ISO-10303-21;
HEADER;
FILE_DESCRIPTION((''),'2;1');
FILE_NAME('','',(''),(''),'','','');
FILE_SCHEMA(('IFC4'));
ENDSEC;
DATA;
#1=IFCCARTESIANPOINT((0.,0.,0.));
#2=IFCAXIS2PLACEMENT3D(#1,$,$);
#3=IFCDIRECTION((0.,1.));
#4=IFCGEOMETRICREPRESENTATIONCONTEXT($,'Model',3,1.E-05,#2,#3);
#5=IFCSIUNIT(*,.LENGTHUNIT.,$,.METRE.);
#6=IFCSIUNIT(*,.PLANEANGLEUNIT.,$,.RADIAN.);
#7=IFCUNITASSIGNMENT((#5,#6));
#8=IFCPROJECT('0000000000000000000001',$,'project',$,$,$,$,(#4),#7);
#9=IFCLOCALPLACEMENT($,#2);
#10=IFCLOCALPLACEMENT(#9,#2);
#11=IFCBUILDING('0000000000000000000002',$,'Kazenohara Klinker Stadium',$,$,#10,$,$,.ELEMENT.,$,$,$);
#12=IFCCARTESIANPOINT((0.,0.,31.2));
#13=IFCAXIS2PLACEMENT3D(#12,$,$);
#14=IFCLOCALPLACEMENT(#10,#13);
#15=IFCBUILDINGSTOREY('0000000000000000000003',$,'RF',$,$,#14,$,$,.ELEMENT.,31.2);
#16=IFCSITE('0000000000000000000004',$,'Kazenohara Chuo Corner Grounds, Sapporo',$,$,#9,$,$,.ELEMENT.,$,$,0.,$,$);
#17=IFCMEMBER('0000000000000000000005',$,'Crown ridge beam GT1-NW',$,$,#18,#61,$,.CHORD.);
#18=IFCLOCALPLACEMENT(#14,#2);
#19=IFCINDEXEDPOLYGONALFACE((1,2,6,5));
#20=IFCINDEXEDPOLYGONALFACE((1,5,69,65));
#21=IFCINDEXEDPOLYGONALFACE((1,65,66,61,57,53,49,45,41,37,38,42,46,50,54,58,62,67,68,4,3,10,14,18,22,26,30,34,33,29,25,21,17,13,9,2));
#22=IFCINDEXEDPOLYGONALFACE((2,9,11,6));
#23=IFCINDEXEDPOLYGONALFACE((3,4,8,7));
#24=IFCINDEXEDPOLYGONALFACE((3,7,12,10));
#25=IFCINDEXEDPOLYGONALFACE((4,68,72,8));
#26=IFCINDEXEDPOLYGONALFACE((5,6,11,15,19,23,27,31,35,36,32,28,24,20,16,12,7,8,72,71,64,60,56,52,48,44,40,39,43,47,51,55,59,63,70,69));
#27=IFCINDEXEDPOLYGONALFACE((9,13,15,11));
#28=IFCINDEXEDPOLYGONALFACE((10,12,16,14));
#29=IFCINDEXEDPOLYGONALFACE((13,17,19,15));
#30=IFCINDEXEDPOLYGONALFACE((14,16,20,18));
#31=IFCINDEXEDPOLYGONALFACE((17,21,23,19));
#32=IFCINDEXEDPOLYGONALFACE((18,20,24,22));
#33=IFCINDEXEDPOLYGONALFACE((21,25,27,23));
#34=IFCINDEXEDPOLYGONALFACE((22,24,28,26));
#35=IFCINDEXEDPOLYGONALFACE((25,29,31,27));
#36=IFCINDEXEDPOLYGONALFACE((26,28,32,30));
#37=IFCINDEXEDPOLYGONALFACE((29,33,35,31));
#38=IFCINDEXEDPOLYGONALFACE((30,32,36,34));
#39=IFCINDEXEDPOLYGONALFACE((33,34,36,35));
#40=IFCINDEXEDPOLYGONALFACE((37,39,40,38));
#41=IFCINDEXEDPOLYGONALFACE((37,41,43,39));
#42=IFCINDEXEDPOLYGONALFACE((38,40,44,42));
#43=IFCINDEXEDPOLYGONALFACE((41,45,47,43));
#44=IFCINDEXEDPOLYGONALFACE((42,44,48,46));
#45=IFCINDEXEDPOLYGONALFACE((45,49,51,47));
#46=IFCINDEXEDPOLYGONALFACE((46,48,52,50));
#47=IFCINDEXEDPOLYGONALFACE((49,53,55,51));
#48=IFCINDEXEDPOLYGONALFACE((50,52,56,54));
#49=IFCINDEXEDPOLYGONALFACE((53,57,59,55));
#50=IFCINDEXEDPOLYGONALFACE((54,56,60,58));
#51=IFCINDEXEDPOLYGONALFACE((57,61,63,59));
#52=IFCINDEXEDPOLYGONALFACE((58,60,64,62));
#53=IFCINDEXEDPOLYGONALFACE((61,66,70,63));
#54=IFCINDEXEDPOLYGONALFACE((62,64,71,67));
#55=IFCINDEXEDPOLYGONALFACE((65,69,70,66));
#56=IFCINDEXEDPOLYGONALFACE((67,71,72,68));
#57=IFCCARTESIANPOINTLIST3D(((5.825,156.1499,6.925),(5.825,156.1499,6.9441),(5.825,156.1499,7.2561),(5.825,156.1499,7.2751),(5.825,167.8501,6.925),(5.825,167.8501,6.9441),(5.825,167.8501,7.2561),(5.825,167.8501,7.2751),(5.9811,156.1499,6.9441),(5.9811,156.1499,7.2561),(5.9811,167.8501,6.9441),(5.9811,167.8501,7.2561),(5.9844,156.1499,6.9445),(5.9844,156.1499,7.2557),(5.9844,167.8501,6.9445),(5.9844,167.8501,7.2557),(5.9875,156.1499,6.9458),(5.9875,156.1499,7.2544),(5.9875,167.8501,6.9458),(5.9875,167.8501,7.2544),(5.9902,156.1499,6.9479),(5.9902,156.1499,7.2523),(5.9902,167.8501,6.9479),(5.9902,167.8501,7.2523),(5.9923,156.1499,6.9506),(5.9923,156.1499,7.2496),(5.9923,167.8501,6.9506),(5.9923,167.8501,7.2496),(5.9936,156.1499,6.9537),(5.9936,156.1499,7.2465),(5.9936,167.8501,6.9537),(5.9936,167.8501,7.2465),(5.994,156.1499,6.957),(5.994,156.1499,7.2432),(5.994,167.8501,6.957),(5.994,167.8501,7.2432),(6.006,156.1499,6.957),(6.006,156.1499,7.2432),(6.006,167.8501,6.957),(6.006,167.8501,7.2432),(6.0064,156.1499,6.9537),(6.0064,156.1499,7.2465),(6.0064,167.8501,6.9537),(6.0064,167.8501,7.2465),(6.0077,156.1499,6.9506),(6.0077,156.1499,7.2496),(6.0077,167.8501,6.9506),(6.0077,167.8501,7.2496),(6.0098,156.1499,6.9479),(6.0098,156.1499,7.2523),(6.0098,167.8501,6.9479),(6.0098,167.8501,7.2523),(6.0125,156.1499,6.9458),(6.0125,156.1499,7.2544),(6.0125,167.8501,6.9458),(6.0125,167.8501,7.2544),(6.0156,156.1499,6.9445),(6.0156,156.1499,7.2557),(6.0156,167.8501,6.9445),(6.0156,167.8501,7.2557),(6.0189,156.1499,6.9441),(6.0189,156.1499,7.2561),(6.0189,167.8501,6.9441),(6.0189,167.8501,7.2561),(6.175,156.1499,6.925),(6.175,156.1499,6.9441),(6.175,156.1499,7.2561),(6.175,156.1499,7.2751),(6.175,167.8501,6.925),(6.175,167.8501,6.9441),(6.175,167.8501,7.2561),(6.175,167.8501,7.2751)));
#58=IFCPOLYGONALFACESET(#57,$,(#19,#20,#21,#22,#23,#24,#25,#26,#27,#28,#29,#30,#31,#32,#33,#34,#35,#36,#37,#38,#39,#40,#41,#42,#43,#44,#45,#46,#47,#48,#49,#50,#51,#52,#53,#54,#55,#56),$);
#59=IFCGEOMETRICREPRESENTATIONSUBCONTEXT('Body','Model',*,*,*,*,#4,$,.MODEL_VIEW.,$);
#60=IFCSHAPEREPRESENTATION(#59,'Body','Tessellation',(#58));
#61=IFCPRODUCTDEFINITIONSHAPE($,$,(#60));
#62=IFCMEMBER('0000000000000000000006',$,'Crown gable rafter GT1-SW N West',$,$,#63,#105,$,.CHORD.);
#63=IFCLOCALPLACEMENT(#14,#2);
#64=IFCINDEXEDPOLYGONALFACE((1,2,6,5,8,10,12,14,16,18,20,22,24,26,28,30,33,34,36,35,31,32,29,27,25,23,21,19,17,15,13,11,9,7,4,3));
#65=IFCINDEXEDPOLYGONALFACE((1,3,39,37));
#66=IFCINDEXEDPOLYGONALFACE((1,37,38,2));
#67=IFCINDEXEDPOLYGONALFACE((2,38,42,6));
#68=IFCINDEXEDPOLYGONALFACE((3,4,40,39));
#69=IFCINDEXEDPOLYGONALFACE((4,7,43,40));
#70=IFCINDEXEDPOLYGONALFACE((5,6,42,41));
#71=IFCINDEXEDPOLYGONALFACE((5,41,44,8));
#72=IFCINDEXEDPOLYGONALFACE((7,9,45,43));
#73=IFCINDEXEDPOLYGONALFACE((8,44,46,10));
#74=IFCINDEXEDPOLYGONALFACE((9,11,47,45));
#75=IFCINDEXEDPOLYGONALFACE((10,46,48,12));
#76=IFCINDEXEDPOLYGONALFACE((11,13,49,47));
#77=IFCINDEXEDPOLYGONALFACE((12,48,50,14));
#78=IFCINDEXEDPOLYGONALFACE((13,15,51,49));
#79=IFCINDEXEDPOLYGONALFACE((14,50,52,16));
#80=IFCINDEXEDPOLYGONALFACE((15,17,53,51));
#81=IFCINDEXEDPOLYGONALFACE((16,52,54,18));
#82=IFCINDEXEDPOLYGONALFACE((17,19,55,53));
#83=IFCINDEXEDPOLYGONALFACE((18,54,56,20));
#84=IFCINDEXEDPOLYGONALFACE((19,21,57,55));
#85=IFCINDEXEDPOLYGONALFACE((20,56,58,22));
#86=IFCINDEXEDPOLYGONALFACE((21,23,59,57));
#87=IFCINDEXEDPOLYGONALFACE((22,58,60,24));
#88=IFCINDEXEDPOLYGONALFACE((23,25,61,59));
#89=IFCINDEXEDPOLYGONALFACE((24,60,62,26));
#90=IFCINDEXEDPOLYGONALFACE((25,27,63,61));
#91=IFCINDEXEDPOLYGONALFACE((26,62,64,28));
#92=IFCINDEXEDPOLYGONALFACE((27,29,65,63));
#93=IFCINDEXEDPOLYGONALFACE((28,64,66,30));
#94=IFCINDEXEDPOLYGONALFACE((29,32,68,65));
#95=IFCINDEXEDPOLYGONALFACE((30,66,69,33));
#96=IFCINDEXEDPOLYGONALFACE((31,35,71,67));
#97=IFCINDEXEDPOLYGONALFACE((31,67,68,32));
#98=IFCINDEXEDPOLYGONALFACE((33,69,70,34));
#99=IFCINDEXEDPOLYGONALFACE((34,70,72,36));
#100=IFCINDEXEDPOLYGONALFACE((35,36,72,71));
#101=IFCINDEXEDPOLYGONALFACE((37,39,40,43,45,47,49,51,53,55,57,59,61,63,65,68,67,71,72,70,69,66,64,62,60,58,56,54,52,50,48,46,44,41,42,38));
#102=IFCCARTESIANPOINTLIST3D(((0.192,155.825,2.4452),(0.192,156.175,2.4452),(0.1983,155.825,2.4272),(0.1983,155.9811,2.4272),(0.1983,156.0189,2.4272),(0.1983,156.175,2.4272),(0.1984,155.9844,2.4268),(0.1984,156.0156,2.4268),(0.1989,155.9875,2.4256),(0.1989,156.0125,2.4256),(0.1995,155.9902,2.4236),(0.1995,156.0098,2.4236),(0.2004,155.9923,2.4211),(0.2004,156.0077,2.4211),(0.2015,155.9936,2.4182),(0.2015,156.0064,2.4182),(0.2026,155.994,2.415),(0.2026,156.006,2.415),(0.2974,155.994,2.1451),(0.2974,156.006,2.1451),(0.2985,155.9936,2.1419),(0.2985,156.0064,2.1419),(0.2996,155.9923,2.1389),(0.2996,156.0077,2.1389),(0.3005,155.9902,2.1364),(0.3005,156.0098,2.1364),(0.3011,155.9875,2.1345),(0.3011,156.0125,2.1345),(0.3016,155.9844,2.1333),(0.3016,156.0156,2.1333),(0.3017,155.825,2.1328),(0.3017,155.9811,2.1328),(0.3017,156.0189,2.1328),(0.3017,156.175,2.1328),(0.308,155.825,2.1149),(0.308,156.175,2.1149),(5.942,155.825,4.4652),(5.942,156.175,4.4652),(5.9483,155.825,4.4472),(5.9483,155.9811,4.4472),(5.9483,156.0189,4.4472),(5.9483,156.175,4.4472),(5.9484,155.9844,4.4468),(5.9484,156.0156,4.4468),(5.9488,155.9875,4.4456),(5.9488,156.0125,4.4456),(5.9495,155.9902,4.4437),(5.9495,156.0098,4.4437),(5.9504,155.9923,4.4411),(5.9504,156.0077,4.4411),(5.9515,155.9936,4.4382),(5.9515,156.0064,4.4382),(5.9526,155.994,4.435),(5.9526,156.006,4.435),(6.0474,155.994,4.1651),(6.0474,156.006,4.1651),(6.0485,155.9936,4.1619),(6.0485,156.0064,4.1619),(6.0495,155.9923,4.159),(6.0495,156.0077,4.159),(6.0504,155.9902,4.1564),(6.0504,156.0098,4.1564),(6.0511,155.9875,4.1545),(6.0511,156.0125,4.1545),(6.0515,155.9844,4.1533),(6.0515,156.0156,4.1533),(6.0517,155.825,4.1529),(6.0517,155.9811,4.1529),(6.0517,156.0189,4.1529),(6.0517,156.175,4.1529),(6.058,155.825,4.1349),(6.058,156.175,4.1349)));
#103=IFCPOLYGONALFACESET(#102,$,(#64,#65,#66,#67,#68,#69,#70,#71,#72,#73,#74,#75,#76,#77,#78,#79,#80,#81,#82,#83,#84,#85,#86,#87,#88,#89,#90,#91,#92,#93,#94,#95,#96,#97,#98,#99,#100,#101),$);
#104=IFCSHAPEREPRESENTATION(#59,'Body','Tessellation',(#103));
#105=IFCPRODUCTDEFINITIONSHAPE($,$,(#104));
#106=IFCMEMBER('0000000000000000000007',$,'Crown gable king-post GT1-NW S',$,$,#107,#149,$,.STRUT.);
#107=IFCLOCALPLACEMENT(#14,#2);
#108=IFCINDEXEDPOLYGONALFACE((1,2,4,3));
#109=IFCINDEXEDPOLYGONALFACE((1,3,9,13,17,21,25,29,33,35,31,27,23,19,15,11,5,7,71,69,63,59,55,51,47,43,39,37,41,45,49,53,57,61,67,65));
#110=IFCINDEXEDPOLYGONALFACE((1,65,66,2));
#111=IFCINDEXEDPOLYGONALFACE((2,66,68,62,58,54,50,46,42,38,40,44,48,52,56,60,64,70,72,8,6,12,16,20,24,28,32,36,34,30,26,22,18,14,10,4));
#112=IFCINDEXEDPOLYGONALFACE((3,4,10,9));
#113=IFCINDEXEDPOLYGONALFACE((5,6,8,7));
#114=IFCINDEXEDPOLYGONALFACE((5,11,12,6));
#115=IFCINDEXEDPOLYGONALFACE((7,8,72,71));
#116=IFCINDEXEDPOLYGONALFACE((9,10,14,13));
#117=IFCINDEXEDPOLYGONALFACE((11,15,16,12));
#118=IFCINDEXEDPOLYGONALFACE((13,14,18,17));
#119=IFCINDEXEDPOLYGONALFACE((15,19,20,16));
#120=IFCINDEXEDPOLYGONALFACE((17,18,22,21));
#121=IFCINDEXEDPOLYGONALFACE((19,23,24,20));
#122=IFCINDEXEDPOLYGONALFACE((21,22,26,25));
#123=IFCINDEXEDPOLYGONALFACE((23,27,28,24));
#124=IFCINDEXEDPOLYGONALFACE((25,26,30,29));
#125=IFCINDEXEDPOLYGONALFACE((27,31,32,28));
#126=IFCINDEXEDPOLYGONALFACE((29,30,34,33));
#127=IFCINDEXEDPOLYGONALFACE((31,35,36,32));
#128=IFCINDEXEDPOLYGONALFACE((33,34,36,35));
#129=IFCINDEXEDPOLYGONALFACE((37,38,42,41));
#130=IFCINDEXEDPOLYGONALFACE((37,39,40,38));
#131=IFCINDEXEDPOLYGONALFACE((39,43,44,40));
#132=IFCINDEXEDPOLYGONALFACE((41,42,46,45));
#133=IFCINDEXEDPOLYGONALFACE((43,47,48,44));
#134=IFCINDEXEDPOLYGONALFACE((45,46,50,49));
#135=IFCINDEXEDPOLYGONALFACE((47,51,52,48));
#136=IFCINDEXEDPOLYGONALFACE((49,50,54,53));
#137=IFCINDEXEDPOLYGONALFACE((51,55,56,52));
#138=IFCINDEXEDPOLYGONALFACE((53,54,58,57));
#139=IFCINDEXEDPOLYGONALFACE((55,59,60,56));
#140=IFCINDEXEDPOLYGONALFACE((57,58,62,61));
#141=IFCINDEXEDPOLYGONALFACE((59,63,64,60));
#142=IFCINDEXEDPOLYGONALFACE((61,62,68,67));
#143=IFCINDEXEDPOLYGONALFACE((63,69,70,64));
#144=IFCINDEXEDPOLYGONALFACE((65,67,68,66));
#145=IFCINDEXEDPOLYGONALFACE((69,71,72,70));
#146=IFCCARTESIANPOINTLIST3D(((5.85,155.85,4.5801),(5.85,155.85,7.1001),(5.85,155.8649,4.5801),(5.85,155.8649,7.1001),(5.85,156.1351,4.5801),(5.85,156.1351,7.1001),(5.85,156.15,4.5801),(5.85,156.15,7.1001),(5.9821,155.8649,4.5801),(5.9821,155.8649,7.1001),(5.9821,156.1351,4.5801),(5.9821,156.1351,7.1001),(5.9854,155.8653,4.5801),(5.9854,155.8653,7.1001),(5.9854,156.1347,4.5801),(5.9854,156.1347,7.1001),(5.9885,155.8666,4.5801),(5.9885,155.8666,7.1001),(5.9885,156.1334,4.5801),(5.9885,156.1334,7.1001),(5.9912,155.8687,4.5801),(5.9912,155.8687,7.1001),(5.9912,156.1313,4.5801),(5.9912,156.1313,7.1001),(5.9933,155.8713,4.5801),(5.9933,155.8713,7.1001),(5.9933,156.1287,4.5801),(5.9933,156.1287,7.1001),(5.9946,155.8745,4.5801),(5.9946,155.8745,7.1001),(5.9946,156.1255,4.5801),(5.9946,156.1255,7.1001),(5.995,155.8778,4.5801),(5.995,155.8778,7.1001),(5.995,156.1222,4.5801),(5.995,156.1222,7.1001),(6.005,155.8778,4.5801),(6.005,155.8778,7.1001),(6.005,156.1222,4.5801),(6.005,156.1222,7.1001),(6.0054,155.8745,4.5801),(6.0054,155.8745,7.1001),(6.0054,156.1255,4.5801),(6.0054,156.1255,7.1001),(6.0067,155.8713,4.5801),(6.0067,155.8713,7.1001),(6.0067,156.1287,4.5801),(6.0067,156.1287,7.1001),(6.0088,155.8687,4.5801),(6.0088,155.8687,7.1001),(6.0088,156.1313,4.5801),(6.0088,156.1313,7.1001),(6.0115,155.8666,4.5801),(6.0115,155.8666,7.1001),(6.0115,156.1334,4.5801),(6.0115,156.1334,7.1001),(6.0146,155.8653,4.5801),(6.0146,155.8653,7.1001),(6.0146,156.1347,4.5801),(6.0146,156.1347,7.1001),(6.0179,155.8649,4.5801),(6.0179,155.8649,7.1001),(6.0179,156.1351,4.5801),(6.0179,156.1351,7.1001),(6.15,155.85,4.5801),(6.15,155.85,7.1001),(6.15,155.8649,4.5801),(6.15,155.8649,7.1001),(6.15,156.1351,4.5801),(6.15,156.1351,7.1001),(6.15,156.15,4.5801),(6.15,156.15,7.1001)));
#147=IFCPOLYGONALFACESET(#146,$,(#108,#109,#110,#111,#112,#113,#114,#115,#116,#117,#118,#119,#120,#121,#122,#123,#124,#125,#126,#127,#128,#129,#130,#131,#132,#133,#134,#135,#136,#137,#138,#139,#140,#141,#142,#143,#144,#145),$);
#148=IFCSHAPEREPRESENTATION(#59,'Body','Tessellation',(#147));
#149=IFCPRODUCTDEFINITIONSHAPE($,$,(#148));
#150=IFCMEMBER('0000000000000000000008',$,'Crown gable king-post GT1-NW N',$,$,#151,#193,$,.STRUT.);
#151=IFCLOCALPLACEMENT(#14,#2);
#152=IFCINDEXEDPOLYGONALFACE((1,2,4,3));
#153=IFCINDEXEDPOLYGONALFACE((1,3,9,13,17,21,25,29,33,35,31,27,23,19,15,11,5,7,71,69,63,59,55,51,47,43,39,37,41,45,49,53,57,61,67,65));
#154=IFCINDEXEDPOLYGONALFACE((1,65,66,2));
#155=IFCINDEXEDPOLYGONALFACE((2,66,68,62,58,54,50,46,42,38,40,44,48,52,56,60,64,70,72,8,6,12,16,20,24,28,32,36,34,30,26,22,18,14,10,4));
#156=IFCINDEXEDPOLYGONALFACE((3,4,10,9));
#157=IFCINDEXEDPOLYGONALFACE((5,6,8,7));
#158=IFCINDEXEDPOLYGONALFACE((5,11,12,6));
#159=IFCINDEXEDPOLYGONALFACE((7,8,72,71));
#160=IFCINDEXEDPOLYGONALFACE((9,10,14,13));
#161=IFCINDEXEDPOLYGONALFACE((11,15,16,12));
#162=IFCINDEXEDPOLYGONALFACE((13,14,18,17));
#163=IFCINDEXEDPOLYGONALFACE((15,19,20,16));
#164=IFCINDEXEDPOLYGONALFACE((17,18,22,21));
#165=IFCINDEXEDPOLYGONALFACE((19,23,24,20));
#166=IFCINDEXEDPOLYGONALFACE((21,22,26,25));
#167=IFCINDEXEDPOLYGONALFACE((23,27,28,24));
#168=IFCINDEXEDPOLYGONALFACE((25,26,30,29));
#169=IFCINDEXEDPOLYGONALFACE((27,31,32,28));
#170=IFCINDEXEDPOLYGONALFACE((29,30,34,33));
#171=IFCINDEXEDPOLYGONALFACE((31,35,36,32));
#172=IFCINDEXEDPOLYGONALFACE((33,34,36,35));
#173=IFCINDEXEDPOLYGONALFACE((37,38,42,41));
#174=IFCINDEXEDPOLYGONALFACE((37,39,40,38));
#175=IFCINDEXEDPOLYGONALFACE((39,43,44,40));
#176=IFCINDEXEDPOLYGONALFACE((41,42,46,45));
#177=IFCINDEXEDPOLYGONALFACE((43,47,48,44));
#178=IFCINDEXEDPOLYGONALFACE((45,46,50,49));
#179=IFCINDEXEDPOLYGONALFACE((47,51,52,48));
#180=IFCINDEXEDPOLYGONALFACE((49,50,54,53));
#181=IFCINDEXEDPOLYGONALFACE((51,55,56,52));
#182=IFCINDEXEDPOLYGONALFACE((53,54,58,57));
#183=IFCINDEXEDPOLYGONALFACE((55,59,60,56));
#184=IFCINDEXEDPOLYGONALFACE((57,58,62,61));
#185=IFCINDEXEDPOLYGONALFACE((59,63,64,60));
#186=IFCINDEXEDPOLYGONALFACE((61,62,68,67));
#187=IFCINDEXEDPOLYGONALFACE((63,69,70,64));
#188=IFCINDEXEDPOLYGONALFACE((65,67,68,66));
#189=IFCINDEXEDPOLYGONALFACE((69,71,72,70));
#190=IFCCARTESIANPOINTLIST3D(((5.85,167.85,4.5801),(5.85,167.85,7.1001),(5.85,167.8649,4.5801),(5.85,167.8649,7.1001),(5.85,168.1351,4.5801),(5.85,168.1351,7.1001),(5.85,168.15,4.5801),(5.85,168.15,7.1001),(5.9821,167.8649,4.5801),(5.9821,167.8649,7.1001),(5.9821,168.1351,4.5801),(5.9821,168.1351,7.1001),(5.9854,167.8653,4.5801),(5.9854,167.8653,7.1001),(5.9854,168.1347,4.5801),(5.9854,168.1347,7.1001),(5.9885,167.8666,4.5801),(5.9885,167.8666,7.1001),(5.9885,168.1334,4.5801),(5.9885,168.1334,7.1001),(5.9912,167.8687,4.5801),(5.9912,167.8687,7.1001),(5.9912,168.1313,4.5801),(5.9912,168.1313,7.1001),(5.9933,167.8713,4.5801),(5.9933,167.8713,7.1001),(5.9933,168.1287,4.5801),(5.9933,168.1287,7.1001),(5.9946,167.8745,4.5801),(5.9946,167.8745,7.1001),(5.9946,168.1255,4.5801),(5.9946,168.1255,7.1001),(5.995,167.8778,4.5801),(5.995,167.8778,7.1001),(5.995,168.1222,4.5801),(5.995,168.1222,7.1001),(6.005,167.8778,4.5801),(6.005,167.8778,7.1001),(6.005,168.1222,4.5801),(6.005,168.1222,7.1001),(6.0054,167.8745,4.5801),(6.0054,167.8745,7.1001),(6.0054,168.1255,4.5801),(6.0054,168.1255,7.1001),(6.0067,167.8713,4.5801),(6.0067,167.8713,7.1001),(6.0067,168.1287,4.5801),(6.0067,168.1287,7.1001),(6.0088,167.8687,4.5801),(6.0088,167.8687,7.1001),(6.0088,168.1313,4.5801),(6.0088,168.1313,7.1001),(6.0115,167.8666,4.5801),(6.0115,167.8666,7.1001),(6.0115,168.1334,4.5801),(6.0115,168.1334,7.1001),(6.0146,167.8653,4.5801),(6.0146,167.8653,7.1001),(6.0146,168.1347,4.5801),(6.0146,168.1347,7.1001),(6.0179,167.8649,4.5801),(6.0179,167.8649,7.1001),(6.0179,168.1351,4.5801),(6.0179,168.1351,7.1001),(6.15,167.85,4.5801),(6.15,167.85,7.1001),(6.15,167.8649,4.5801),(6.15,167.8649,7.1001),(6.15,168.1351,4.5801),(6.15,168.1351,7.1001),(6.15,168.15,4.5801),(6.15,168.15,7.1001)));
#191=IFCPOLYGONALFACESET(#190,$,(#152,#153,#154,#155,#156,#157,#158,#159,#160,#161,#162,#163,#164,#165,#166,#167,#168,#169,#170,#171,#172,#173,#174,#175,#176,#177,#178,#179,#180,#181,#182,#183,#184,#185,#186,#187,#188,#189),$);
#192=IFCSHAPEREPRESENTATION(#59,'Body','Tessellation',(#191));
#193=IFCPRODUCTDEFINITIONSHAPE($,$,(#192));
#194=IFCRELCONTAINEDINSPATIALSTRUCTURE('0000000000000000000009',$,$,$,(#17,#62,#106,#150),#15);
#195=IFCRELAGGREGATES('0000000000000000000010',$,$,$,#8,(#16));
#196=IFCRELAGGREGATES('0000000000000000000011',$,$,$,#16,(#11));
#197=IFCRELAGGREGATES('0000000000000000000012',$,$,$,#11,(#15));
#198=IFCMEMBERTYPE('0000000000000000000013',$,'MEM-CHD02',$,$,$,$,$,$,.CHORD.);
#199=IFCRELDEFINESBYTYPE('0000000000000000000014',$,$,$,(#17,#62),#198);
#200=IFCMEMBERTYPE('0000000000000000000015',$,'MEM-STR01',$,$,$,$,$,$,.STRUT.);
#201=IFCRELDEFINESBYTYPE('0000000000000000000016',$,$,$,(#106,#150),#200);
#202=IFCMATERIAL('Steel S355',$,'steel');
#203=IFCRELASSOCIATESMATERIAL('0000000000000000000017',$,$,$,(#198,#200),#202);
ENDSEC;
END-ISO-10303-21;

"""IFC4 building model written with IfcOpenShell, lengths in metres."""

from ifc_helpers import new_model, si_unit, direction, frame, origin, origin_2d, place, context, subcontext, project, spatial, i_section, extrude, material, material_profile, profile_set, type_object, element, save


model = new_model("IFC4")

# Units and contexts
model_context = context("Model", 3, precision=1e-05, world=origin(), true_north=direction((0.0, 1.0)))
body_context = subcontext(model_context, "Body", "Model", "MODEL_VIEW")
ifc_project = project(units=[si_unit("LENGTHUNIT", "METRE"), si_unit("PLANEANGLEUNIT", "RADIAN")], contexts=[model_context])

# Site, building, storey
site_placement = place(None, origin())
site = spatial("IfcSite", under=ifc_project, at=site_placement, Name="Kazenohara Chuo Corner Grounds, Sapporo", CompositionType="ELEMENT", RefElevation=0.0)
building_placement = place(site_placement, origin())
building = spatial("IfcBuilding", under=site, at=building_placement, Name="Kazenohara Klinker Stadium", CompositionType="ELEMENT")
storey_placement = place(building_placement, frame((0.0, 0.0, 31.2)))
storey = spatial("IfcBuildingStorey", under=building, at=storey_placement, Name="RF", CompositionType="ELEMENT", Elevation=31.2)

# Members
ifc_material_1 = material(Name="Steel S355", Category="steel")
ifc_material_profile_1 = material_profile(ifc_material_1, i_section(OverallWidth=0.3501, OverallDepth=0.3501, WebThickness=0.012, FlangeThickness=0.019, FilletRadius=0.0129, at=origin_2d()), Name="H-350x350x12x19")
ifc_profile_set_1 = profile_set([ifc_material_profile_1], Name="Steel S355")
member_type_1 = type_object("IfcMemberType", Name="MEM-CHD02", PredefinedType="CHORD", material=ifc_profile_set_1)
member_1_placement = place(storey_placement, frame((6.0, 156.1499, 7.1001), z_axis=(0.0, 1.0, 0.0), x_axis=(-1.0, 0.0, 0.0)))
element("IfcMember", 1, at=member_1_placement, inside=storey, type_object=member_type_1, Name="Crown ridge beam GT1-NW", PredefinedType="CHORD", context=body_context, shape_type="SweptSolid", body=[
    extrude(i_section(OverallWidth=0.3501, OverallDepth=0.3501, WebThickness=0.012, FlangeThickness=0.019, FilletRadius=0.0129, at=origin_2d()), origin(), (0.0, 0.0, 1.0), 11.7002),
])
member_2_placement = place(storey_placement, frame((0.25, 156.0, 2.28), z_axis=(0.943473, 0.0, 0.331449), x_axis=(0.0, 1.0, 0.0)))
element("IfcMember", 2, at=member_2_placement, inside=storey, type_object=member_type_1, Name="Crown gable rafter GT1-SW N West", PredefinedType="CHORD", context=body_context, shape_type="SweptSolid", body=[
    extrude(i_section(OverallWidth=0.3501, OverallDepth=0.3501, WebThickness=0.012, FlangeThickness=0.019, FilletRadius=0.0129, at=origin_2d()), origin(), (0.0, 0.0, 1.0), 6.0945),
])
ifc_material_profile_2 = material_profile(ifc_material_1, i_section(OverallWidth=0.3, OverallDepth=0.3, WebThickness=0.01, FlangeThickness=0.0149, FilletRadius=0.0129, at=origin_2d()), Name="H-300x300x10x15")
ifc_profile_set_2 = profile_set([ifc_material_profile_2], Name="Steel S355")
member_type_2 = type_object("IfcMemberType", Name="MEM-STR01", PredefinedType="STRUT", material=ifc_profile_set_2)
for number, where, z_axis, x_axis, name in (
    (3, (6.0, 156.0, 4.5801), (0.0, 0.0, 1.0), (1.0, 0.0, 0.0), "Crown gable king-post GT1-NW S"),
    (4, (6.0, 168.0, 4.5801), (0.0, 0.0, 1.0), (1.0, 0.0, 0.0), "Crown gable king-post GT1-NW N"),
):
    element("IfcMember", number, at=place(storey_placement, frame(where, z_axis=z_axis, x_axis=x_axis)), inside=storey, type_object=member_type_2, Name=name, PredefinedType="STRUT", context=body_context, shape_type="SweptSolid", body=[
        extrude(i_section(OverallWidth=0.3, OverallDepth=0.3, WebThickness=0.01, FlangeThickness=0.0149, FilletRadius=0.0129, at=origin_2d()), origin(), (0.0, 0.0, 1.0), 2.52),
    ])

save(model, "model.ifc")
